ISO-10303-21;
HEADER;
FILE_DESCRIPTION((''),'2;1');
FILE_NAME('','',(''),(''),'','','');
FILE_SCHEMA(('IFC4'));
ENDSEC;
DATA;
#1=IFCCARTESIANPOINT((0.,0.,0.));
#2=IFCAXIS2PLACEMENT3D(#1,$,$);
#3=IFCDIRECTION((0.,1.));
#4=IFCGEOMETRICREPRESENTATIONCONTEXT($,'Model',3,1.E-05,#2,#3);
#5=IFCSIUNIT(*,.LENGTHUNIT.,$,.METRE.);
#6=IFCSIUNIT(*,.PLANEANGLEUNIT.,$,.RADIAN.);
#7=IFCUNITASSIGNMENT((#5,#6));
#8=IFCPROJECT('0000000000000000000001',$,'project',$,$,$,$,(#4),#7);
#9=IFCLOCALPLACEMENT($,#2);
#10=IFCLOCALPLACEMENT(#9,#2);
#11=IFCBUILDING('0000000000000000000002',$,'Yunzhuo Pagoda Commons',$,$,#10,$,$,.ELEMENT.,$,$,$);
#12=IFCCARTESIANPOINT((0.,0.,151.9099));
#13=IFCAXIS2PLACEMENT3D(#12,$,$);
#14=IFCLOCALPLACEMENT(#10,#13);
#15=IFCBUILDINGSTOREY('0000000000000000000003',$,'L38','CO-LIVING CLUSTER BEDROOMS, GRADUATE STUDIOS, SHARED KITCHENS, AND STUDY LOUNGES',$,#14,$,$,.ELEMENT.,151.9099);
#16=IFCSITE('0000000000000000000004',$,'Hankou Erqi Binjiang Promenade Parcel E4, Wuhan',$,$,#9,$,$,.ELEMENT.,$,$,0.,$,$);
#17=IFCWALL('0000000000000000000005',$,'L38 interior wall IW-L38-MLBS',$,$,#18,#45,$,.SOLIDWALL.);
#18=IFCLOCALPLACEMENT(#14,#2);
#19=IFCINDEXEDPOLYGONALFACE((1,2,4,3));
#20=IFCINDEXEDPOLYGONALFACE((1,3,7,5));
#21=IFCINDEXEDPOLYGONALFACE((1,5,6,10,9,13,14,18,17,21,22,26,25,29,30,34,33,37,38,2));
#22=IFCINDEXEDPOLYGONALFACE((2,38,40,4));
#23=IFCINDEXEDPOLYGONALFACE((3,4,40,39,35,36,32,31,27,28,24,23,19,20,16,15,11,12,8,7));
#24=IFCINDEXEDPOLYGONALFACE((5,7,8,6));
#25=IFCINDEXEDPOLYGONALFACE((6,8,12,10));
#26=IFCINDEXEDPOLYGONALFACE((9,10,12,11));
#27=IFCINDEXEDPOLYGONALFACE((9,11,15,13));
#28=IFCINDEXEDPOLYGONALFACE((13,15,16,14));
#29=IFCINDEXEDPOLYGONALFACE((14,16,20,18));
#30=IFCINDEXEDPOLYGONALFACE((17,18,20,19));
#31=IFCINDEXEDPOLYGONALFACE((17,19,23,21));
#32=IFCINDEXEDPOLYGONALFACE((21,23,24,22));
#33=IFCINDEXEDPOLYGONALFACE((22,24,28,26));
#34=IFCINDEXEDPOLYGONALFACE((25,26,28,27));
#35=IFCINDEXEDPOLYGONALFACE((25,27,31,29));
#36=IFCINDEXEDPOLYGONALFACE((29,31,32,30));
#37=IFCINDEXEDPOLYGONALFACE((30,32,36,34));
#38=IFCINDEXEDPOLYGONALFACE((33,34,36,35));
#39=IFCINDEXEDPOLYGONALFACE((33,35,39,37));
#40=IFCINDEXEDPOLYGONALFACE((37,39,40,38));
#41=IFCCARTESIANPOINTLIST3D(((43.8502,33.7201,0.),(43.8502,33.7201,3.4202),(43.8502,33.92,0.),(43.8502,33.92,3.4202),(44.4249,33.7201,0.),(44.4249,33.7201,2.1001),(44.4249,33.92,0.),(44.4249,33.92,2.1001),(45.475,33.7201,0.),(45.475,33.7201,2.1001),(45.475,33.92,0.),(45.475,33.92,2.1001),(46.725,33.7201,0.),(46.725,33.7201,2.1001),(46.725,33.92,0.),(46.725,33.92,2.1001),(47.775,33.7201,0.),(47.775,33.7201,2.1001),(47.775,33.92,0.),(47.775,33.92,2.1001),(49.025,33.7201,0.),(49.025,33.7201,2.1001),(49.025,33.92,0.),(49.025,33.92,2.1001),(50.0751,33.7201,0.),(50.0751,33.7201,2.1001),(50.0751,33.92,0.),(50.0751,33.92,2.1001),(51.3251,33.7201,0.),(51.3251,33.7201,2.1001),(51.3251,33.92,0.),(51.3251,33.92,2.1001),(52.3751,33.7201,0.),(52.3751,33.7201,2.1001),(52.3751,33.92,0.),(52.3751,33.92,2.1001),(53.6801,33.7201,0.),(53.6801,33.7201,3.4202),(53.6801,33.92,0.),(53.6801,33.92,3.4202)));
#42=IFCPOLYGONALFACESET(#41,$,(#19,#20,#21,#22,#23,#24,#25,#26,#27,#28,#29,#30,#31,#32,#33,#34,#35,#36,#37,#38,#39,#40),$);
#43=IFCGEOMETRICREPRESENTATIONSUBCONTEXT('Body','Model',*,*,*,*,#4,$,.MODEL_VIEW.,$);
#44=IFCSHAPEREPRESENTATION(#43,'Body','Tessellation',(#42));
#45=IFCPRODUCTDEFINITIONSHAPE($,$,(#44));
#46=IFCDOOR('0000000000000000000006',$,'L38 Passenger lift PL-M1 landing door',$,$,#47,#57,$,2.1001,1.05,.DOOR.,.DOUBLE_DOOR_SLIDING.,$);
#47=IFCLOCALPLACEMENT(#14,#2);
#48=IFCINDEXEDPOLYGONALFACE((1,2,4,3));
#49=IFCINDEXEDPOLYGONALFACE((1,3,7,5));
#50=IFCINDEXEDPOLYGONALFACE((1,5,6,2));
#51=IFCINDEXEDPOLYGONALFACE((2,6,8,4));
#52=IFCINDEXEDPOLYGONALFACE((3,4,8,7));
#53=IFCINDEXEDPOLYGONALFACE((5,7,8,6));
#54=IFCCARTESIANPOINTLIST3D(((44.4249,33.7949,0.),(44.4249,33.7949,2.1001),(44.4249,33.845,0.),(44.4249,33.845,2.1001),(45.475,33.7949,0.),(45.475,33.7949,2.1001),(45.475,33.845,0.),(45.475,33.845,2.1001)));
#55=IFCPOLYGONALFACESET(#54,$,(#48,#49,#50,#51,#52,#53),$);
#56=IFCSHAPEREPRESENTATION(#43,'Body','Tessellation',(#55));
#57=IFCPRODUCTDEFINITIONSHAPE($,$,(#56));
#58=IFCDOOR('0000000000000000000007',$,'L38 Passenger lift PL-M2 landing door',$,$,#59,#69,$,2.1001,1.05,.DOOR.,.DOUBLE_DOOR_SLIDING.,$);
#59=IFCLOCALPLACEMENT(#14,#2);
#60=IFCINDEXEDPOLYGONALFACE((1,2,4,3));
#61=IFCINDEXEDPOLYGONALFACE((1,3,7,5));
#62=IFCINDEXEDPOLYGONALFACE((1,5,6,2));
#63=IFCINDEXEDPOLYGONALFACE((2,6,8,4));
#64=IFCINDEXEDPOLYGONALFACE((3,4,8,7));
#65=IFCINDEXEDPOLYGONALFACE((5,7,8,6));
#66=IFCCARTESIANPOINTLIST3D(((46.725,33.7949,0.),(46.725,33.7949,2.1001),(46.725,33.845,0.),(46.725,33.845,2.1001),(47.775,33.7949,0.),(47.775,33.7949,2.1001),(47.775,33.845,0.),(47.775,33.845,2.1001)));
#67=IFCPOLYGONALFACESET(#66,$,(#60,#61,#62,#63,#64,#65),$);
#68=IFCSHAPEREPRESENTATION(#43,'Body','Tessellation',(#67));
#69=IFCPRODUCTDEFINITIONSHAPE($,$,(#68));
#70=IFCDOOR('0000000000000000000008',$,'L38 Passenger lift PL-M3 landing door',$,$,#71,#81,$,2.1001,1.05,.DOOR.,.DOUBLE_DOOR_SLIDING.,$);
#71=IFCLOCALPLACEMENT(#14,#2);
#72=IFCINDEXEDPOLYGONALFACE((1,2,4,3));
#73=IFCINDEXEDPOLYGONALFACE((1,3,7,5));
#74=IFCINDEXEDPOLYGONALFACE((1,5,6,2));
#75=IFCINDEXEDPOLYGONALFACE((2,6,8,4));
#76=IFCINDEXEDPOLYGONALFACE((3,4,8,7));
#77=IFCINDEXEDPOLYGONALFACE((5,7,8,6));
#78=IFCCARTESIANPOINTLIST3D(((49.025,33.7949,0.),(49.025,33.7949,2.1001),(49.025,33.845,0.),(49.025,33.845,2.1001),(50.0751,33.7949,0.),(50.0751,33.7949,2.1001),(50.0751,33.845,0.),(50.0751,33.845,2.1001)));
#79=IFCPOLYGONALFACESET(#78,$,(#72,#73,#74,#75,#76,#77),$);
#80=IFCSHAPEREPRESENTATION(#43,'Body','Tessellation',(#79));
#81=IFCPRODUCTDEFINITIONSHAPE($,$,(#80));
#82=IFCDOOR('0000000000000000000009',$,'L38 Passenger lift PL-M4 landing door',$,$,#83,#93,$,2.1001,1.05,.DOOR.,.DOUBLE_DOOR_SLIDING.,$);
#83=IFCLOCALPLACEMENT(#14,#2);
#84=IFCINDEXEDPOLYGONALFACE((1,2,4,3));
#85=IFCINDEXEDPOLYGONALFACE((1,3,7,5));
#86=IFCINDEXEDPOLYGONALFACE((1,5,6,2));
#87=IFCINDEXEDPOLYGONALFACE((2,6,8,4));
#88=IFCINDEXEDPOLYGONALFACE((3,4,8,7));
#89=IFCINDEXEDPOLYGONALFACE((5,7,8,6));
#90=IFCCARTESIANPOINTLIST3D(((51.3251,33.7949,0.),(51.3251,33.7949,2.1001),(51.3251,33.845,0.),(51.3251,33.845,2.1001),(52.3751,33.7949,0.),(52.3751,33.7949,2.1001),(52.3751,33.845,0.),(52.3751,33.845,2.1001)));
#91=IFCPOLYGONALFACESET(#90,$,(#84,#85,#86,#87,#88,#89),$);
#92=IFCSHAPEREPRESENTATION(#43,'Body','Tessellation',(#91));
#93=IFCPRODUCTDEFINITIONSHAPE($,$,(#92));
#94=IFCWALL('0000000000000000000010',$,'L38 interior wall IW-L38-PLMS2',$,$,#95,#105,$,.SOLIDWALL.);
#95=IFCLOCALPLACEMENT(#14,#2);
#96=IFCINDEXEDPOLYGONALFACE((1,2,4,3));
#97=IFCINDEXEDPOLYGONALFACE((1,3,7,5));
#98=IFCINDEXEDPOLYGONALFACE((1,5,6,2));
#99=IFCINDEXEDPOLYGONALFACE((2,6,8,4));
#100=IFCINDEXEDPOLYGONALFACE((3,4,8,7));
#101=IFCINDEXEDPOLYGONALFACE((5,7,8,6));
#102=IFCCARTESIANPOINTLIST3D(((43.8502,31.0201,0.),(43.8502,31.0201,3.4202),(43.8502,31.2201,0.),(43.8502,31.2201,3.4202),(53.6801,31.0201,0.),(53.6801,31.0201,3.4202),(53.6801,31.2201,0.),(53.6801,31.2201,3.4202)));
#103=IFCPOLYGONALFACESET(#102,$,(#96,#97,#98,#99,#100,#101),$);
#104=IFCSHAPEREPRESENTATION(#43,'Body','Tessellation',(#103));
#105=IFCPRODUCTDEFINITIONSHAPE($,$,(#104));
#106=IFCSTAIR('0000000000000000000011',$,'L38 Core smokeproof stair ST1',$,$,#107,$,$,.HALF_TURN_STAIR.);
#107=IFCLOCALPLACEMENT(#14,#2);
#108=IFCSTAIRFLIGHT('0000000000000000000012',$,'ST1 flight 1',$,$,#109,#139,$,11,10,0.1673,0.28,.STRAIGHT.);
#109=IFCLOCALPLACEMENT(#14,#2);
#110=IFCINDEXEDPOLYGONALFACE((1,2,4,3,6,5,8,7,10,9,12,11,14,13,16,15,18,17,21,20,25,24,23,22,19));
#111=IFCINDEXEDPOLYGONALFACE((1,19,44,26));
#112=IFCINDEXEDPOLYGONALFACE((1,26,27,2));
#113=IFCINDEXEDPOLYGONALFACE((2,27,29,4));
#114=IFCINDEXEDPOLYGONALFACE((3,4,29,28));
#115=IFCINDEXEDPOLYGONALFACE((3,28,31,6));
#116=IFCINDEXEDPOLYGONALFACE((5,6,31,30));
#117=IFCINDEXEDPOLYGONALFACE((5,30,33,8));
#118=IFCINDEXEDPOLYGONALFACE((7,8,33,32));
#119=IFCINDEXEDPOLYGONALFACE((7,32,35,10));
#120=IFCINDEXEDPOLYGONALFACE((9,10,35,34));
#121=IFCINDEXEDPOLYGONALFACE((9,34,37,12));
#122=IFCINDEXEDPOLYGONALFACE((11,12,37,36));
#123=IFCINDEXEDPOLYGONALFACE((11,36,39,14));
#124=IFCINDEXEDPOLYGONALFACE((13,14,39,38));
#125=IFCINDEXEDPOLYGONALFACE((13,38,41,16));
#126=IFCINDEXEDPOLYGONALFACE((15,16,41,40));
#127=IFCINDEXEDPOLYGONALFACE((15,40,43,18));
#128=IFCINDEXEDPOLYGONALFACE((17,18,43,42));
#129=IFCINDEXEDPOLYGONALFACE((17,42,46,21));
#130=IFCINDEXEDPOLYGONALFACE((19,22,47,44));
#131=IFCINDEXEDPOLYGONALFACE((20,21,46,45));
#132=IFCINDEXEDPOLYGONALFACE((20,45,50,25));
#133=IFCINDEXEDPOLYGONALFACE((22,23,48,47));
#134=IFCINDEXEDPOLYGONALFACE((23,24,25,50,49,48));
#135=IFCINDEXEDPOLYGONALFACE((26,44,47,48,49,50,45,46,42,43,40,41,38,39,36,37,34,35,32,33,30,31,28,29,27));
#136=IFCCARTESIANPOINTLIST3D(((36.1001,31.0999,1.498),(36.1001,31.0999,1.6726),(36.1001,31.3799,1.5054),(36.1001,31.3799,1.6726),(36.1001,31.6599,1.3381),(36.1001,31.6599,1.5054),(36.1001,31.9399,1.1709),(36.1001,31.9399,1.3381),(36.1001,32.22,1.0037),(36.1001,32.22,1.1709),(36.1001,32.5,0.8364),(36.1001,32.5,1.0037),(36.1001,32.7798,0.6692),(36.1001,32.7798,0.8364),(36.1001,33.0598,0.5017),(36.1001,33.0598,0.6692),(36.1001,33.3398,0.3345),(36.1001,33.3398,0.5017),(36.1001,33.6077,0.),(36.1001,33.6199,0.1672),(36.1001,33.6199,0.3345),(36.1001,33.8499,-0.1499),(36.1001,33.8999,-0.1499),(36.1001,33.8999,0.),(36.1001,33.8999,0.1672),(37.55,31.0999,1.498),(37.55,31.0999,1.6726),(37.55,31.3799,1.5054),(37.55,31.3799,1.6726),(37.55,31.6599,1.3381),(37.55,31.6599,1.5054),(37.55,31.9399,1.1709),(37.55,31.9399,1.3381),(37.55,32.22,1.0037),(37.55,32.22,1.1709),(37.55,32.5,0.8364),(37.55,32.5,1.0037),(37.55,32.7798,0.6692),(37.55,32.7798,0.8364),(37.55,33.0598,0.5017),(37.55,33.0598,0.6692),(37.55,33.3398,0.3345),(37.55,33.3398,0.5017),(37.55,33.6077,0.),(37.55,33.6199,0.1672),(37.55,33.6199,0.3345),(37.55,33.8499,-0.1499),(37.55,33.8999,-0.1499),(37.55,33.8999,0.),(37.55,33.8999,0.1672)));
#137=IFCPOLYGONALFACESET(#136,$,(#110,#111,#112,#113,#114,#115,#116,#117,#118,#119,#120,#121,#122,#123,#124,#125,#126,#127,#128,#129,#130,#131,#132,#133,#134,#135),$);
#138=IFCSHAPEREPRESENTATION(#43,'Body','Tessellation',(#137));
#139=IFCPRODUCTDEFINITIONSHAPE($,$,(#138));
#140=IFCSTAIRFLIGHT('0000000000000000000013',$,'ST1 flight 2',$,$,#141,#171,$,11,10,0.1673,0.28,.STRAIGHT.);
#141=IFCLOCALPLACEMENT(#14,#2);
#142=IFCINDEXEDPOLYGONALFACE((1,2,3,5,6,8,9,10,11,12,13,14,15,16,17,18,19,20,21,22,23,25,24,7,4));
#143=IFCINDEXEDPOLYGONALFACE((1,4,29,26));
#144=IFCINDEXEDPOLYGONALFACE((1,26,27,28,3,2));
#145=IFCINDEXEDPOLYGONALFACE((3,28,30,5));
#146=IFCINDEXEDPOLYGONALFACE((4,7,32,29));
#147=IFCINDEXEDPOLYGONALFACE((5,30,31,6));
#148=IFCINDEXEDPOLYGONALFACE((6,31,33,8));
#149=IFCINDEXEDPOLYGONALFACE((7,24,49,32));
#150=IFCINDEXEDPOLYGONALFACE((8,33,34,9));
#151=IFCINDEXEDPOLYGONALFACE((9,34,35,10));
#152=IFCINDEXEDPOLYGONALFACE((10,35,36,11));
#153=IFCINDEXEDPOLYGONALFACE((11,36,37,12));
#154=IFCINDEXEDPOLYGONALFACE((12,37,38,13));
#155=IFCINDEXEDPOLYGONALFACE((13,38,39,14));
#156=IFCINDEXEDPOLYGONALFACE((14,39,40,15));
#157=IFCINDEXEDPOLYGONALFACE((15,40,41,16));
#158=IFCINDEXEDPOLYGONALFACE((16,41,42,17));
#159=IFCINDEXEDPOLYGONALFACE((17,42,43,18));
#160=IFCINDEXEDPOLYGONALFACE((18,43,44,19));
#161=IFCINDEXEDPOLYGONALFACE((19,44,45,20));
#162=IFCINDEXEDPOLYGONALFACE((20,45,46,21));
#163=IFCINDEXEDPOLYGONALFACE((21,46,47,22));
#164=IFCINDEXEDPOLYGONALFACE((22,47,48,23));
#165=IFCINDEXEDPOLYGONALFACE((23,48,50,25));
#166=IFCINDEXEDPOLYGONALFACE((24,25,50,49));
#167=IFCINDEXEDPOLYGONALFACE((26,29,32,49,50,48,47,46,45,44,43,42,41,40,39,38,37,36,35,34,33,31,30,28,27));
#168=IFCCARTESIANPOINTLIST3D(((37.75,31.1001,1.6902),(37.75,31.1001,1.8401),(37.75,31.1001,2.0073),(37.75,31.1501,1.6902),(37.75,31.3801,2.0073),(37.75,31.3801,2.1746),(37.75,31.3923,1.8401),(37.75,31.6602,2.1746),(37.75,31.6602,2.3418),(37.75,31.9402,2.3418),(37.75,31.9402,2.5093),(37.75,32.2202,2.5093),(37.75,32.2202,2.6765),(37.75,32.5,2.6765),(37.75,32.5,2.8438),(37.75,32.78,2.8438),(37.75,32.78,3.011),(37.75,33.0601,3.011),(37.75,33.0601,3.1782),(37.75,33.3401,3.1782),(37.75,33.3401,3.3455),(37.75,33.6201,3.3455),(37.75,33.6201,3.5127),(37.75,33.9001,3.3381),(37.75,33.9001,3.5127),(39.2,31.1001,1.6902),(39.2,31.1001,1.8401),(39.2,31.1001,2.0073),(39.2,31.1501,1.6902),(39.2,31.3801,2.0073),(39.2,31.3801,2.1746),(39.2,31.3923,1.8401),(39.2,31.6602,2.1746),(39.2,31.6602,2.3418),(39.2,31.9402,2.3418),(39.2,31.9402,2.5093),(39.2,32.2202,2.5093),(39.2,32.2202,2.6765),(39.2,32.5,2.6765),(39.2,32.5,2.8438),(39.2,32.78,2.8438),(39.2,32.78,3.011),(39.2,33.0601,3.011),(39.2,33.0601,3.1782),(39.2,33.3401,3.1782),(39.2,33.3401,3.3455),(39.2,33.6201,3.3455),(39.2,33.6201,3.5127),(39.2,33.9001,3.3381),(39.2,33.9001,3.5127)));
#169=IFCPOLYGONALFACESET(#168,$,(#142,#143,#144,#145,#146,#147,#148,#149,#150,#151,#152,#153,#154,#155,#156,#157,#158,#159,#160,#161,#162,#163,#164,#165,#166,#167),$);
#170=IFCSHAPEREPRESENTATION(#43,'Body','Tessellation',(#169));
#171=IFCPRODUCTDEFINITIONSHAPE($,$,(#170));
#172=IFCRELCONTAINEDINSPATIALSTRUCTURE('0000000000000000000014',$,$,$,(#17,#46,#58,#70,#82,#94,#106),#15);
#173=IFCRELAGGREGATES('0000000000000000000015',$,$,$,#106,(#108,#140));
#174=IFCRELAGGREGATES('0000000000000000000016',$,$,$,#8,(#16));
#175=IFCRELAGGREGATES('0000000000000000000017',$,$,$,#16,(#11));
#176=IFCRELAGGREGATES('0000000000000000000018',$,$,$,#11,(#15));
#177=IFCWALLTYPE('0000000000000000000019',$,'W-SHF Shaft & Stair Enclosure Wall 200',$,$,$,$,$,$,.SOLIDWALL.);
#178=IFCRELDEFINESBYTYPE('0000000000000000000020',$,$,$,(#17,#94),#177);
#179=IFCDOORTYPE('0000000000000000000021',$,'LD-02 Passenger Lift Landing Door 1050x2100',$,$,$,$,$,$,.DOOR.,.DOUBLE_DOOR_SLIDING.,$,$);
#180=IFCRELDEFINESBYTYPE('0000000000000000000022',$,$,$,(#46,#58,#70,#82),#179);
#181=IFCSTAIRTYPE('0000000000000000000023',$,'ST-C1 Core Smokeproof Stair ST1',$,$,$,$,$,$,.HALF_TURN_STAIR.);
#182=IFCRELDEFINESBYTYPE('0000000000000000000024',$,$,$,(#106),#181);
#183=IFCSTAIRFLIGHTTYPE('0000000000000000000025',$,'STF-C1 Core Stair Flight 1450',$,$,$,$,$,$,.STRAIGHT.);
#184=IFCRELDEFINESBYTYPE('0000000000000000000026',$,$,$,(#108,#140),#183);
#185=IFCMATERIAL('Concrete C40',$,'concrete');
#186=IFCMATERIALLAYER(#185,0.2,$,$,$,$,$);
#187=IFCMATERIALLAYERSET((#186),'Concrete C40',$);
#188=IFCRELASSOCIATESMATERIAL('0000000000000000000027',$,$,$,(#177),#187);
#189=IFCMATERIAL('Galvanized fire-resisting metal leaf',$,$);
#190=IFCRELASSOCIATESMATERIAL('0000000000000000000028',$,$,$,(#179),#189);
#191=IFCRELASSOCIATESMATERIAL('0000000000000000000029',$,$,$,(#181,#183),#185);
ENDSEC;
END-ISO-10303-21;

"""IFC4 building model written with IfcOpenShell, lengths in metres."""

from ifc_helpers import new_model, si_unit, direction, frame, frame_2d, origin, origin_with_axes, place, context, subcontext, project, spatial, polyline, rectangle, outline, extrude, source, transform, mapped, material, layer, layer_set, type_object, element, fill, aggregate, save


model = new_model("IFC4")

# Units and contexts
model_context = context("Model", 3, precision=1e-05, world=origin(), true_north=direction((0.0, 1.0)))
body_context = subcontext(model_context, "Body", "Model", "MODEL_VIEW")
ifc_project = project(units=[si_unit("LENGTHUNIT", "METRE"), si_unit("PLANEANGLEUNIT", "RADIAN")], contexts=[model_context])

# Site, building, storey
site_placement = place(None, origin())
site = spatial("IfcSite", under=ifc_project, at=site_placement, Name="Hankou Erqi Binjiang Promenade Parcel E4, Wuhan", CompositionType="ELEMENT", RefElevation=0.0)
building_placement = place(site_placement, origin())
building = spatial("IfcBuilding", under=site, at=building_placement, Name="Yunzhuo Pagoda Commons", CompositionType="ELEMENT")
storey_placement = place(building_placement, frame((0.0, 0.0, 151.9099)))
storey = spatial("IfcBuildingStorey", under=building, at=storey_placement, Name="L38", Description="CO-LIVING CLUSTER BEDROOMS, GRADUATE STUDIOS, SHARED KITCHENS, AND STUDY LOUNGES", CompositionType="ELEMENT", Elevation=151.9099)

# Shared definitions
ifc_material_1 = material(Name="Concrete C40", Category="concrete")
ifc_layer_1 = layer(ifc_material_1, 0.2)
ifc_layer_set_1 = layer_set([ifc_layer_1], Name="Concrete C40")
wall_type_1 = type_object("IfcWallType", Name="W-SHF Shaft & Stair Enclosure Wall 200", PredefinedType="SOLIDWALL", material=ifc_layer_set_1)
ifc_material_2 = material(Name="Galvanized fire-resisting metal leaf")
door_type = type_object("IfcDoorType", Name="LD-02 Passenger Lift Landing Door 1050x2100", OperationType="DOUBLE_DOOR_SLIDING", PredefinedType="DOOR", material=ifc_material_2)
shared_shape_1 = source(origin(), body_context, "Body", "SweptSolid", [
    extrude(rectangle(XDim=1.05, YDim=2.1001, at=frame_2d((0.5249, 1.05))), frame((0.0, 0.0249, 0.0), z_axis=(0.0, -1.0, 0.0), x_axis=(1.0, 0.0, 0.0)), (0.0, 0.0, 1.0), 0.05),
])

# Wall, openings, doors
wall_1_placement = place(storey_placement, frame((43.8501, 33.8201, 0.0), z_axis=(0.0, 0.0, 1.0), x_axis=(1.0, 0.0, 0.0)))
wall_1 = element("IfcWall", 1, at=wall_1_placement, inside=storey, type_object=wall_type_1, Name="L38 interior wall IW-L38-MLBS", PredefinedType="SOLIDWALL", context=body_context, shape_type="SweptSolid", body=[
    extrude(rectangle(XDim=9.8298, YDim=0.2, at=frame_2d((4.915, 0.0))), origin(), (0.0, 0.0, 1.0), 3.4202),
])
opening_1_placement = place(wall_1_placement, frame((0.575, 0.0, 0.0)))
opening_1 = element("IfcOpeningElement", 2, at=opening_1_placement, cuts=wall_1, PredefinedType="OPENING", context=body_context, shape_type="SweptSolid", body=[
    extrude(rectangle(XDim=1.05, YDim=2.1001, at=frame_2d((0.5249, 1.05))), frame((0.0, 0.1099, 0.0), z_axis=(0.0, -1.0, 0.0), x_axis=(1.0, 0.0, 0.0)), (0.0, 0.0, 1.0), 0.22),
])
opening_2_placement = place(wall_1_placement, frame((2.875, 0.0, 0.0)))
opening_2 = element("IfcOpeningElement", 3, at=opening_2_placement, cuts=wall_1, PredefinedType="OPENING", context=body_context, shape_type="SweptSolid", body=[
    extrude(rectangle(XDim=1.05, YDim=2.1001, at=frame_2d((0.5249, 1.05))), frame((0.0, 0.1099, 0.0), z_axis=(0.0, -1.0, 0.0), x_axis=(1.0, 0.0, 0.0)), (0.0, 0.0, 1.0), 0.22),
])
opening_3_placement = place(wall_1_placement, frame((5.175, 0.0, 0.0)))
opening_3 = element("IfcOpeningElement", 4, at=opening_3_placement, cuts=wall_1, PredefinedType="OPENING", context=body_context, shape_type="SweptSolid", body=[
    extrude(rectangle(XDim=1.05, YDim=2.1001, at=frame_2d((0.5249, 1.05))), frame((0.0, 0.1099, 0.0), z_axis=(0.0, -1.0, 0.0), x_axis=(1.0, 0.0, 0.0)), (0.0, 0.0, 1.0), 0.22),
])
opening_4_placement = place(wall_1_placement, frame((7.4751, 0.0, 0.0)))
opening_4 = element("IfcOpeningElement", 5, at=opening_4_placement, cuts=wall_1, PredefinedType="OPENING", context=body_context, shape_type="SweptSolid", body=[
    extrude(rectangle(XDim=1.05, YDim=2.1001, at=frame_2d((0.5249, 1.05))), frame((0.0, 0.1099, 0.0), z_axis=(0.0, -1.0, 0.0), x_axis=(1.0, 0.0, 0.0)), (0.0, 0.0, 1.0), 0.22),
])
door_1_placement = place(opening_1_placement, origin_with_axes())
door_1 = element("IfcDoor", 6, at=door_1_placement, inside=storey, type_object=door_type, Name="L38 Passenger lift PL-M1 landing door", OperationType="DOUBLE_DOOR_SLIDING", OverallHeight=2.1001, OverallWidth=1.05, PredefinedType="DOOR", context=body_context, shape_type="MappedRepresentation", body=[
    mapped(shared_shape_1, transform((0.0, 0.0, 0.0), scale=1.0)),
])
fill(opening_1, door_1)
door_2_placement = place(opening_2_placement, origin_with_axes())
door_2 = element("IfcDoor", 7, at=door_2_placement, inside=storey, type_object=door_type, Name="L38 Passenger lift PL-M2 landing door", OperationType="DOUBLE_DOOR_SLIDING", OverallHeight=2.1001, OverallWidth=1.05, PredefinedType="DOOR", context=body_context, shape_type="MappedRepresentation", body=[
    mapped(shared_shape_1, transform((0.0, 0.0, 0.0), scale=1.0)),
])
fill(opening_2, door_2)
door_3_placement = place(opening_3_placement, origin_with_axes())
door_3 = element("IfcDoor", 8, at=door_3_placement, inside=storey, type_object=door_type, Name="L38 Passenger lift PL-M3 landing door", OperationType="DOUBLE_DOOR_SLIDING", OverallHeight=2.1001, OverallWidth=1.05, PredefinedType="DOOR", context=body_context, shape_type="MappedRepresentation", body=[
    mapped(shared_shape_1, transform((0.0, 0.0, 0.0), scale=1.0)),
])
fill(opening_3, door_3)
door_4_placement = place(opening_4_placement, origin_with_axes())
door_4 = element("IfcDoor", 9, at=door_4_placement, inside=storey, type_object=door_type, Name="L38 Passenger lift PL-M4 landing door", OperationType="DOUBLE_DOOR_SLIDING", OverallHeight=2.1001, OverallWidth=1.05, PredefinedType="DOOR", context=body_context, shape_type="MappedRepresentation", body=[
    mapped(shared_shape_1, transform((0.0, 0.0, 0.0), scale=1.0)),
])
fill(opening_4, door_4)

# Wall
wall_2_placement = place(storey_placement, frame((43.8501, 31.1201, 0.0), z_axis=(0.0, 0.0, 1.0), x_axis=(1.0, 0.0, 0.0)))
element("IfcWall", 10, at=wall_2_placement, inside=storey, type_object=wall_type_1, Name="L38 interior wall IW-L38-PLMS2", PredefinedType="SOLIDWALL", context=body_context, shape_type="SweptSolid", body=[
    extrude(rectangle(XDim=9.8298, YDim=0.2, at=frame_2d((4.915, 0.0))), origin(), (0.0, 0.0, 1.0), 3.4202),
])

# Stair, stair flights
stair_type = type_object("IfcStairType", Name="ST-C1 Core Smokeproof Stair ST1", PredefinedType="HALF_TURN_STAIR", material=ifc_material_1)
stair_placement = place(storey_placement, origin())
stair = element("IfcStair", 11, at=stair_placement, inside=storey, type_object=stair_type, Name="L38 Core smokeproof stair ST1", PredefinedType="HALF_TURN_STAIR")
stair_flight_type = type_object("IfcStairFlightType", Name="STF-C1 Core Stair Flight 1450", PredefinedType="STRAIGHT", material=ifc_material_1)
shared_shape_2 = source(origin(), body_context, "Body", "SweptSolid", [
    extrude(outline(polyline([(0.0, -0.1499), (0.0, 0.0), (0.0, 0.1672), (0.28, 0.1672), (0.28, 0.3345), (0.5601, 0.3345), (0.5601, 0.5017), (0.8401, 0.5017), (0.8401, 0.6692), (1.1201, 0.6692), (1.1201, 0.8364), (1.3999, 0.8364), (1.3999, 1.0037), (1.6799, 1.0037), (1.6799, 1.1709), (1.96, 1.1709), (1.96, 1.3381), (2.24, 1.3381), (2.24, 1.5054), (2.52, 1.5054), (2.52, 1.6726), (2.8, 1.6726), (2.8, 1.8401), (2.8, 1.498), (0.2922, 0.0), (0.05, -0.1499), (0.0, -0.1499)])), frame((0.0, 0.7251, 0.0), z_axis=(0.0, -1.0, 0.0), x_axis=(1.0, 0.0, 0.0)), (0.0, 0.0, 1.0), 1.45),
])
stair_flight_1_placement = place(storey_placement, frame((36.825, 33.8999, 0.0), z_axis=(0.0, 0.0, 1.0), x_axis=(0.0, -1.0, 0.0)))
stair_flight_1 = element("IfcStairFlight", 12, at=stair_flight_1_placement, type_object=stair_flight_type, Name="ST1 flight 1", NumberOfRisers=11, NumberOfTreads=10, PredefinedType="STRAIGHT", RiserHeight=0.1673, TreadLength=0.28, context=body_context, shape_type="MappedRepresentation", body=[
    mapped(shared_shape_2, transform((0.0, 0.0, 0.0), scale=1.0)),
])
stair_flight_2_placement = place(storey_placement, frame((38.4751, 31.1001, 1.8401), z_axis=(0.0, 0.0, 1.0), x_axis=(0.0, 1.0, 0.0)))
stair_flight_2 = element("IfcStairFlight", 13, at=stair_flight_2_placement, type_object=stair_flight_type, Name="ST1 flight 2", NumberOfRisers=11, NumberOfTreads=10, PredefinedType="STRAIGHT", RiserHeight=0.1673, TreadLength=0.28, context=body_context, shape_type="MappedRepresentation", body=[
    mapped(shared_shape_2, transform((0.0, 0.0, 0.0), scale=1.0)),
])
aggregate(stair, [stair_flight_1, stair_flight_2])

save(model, "model.ifc")
